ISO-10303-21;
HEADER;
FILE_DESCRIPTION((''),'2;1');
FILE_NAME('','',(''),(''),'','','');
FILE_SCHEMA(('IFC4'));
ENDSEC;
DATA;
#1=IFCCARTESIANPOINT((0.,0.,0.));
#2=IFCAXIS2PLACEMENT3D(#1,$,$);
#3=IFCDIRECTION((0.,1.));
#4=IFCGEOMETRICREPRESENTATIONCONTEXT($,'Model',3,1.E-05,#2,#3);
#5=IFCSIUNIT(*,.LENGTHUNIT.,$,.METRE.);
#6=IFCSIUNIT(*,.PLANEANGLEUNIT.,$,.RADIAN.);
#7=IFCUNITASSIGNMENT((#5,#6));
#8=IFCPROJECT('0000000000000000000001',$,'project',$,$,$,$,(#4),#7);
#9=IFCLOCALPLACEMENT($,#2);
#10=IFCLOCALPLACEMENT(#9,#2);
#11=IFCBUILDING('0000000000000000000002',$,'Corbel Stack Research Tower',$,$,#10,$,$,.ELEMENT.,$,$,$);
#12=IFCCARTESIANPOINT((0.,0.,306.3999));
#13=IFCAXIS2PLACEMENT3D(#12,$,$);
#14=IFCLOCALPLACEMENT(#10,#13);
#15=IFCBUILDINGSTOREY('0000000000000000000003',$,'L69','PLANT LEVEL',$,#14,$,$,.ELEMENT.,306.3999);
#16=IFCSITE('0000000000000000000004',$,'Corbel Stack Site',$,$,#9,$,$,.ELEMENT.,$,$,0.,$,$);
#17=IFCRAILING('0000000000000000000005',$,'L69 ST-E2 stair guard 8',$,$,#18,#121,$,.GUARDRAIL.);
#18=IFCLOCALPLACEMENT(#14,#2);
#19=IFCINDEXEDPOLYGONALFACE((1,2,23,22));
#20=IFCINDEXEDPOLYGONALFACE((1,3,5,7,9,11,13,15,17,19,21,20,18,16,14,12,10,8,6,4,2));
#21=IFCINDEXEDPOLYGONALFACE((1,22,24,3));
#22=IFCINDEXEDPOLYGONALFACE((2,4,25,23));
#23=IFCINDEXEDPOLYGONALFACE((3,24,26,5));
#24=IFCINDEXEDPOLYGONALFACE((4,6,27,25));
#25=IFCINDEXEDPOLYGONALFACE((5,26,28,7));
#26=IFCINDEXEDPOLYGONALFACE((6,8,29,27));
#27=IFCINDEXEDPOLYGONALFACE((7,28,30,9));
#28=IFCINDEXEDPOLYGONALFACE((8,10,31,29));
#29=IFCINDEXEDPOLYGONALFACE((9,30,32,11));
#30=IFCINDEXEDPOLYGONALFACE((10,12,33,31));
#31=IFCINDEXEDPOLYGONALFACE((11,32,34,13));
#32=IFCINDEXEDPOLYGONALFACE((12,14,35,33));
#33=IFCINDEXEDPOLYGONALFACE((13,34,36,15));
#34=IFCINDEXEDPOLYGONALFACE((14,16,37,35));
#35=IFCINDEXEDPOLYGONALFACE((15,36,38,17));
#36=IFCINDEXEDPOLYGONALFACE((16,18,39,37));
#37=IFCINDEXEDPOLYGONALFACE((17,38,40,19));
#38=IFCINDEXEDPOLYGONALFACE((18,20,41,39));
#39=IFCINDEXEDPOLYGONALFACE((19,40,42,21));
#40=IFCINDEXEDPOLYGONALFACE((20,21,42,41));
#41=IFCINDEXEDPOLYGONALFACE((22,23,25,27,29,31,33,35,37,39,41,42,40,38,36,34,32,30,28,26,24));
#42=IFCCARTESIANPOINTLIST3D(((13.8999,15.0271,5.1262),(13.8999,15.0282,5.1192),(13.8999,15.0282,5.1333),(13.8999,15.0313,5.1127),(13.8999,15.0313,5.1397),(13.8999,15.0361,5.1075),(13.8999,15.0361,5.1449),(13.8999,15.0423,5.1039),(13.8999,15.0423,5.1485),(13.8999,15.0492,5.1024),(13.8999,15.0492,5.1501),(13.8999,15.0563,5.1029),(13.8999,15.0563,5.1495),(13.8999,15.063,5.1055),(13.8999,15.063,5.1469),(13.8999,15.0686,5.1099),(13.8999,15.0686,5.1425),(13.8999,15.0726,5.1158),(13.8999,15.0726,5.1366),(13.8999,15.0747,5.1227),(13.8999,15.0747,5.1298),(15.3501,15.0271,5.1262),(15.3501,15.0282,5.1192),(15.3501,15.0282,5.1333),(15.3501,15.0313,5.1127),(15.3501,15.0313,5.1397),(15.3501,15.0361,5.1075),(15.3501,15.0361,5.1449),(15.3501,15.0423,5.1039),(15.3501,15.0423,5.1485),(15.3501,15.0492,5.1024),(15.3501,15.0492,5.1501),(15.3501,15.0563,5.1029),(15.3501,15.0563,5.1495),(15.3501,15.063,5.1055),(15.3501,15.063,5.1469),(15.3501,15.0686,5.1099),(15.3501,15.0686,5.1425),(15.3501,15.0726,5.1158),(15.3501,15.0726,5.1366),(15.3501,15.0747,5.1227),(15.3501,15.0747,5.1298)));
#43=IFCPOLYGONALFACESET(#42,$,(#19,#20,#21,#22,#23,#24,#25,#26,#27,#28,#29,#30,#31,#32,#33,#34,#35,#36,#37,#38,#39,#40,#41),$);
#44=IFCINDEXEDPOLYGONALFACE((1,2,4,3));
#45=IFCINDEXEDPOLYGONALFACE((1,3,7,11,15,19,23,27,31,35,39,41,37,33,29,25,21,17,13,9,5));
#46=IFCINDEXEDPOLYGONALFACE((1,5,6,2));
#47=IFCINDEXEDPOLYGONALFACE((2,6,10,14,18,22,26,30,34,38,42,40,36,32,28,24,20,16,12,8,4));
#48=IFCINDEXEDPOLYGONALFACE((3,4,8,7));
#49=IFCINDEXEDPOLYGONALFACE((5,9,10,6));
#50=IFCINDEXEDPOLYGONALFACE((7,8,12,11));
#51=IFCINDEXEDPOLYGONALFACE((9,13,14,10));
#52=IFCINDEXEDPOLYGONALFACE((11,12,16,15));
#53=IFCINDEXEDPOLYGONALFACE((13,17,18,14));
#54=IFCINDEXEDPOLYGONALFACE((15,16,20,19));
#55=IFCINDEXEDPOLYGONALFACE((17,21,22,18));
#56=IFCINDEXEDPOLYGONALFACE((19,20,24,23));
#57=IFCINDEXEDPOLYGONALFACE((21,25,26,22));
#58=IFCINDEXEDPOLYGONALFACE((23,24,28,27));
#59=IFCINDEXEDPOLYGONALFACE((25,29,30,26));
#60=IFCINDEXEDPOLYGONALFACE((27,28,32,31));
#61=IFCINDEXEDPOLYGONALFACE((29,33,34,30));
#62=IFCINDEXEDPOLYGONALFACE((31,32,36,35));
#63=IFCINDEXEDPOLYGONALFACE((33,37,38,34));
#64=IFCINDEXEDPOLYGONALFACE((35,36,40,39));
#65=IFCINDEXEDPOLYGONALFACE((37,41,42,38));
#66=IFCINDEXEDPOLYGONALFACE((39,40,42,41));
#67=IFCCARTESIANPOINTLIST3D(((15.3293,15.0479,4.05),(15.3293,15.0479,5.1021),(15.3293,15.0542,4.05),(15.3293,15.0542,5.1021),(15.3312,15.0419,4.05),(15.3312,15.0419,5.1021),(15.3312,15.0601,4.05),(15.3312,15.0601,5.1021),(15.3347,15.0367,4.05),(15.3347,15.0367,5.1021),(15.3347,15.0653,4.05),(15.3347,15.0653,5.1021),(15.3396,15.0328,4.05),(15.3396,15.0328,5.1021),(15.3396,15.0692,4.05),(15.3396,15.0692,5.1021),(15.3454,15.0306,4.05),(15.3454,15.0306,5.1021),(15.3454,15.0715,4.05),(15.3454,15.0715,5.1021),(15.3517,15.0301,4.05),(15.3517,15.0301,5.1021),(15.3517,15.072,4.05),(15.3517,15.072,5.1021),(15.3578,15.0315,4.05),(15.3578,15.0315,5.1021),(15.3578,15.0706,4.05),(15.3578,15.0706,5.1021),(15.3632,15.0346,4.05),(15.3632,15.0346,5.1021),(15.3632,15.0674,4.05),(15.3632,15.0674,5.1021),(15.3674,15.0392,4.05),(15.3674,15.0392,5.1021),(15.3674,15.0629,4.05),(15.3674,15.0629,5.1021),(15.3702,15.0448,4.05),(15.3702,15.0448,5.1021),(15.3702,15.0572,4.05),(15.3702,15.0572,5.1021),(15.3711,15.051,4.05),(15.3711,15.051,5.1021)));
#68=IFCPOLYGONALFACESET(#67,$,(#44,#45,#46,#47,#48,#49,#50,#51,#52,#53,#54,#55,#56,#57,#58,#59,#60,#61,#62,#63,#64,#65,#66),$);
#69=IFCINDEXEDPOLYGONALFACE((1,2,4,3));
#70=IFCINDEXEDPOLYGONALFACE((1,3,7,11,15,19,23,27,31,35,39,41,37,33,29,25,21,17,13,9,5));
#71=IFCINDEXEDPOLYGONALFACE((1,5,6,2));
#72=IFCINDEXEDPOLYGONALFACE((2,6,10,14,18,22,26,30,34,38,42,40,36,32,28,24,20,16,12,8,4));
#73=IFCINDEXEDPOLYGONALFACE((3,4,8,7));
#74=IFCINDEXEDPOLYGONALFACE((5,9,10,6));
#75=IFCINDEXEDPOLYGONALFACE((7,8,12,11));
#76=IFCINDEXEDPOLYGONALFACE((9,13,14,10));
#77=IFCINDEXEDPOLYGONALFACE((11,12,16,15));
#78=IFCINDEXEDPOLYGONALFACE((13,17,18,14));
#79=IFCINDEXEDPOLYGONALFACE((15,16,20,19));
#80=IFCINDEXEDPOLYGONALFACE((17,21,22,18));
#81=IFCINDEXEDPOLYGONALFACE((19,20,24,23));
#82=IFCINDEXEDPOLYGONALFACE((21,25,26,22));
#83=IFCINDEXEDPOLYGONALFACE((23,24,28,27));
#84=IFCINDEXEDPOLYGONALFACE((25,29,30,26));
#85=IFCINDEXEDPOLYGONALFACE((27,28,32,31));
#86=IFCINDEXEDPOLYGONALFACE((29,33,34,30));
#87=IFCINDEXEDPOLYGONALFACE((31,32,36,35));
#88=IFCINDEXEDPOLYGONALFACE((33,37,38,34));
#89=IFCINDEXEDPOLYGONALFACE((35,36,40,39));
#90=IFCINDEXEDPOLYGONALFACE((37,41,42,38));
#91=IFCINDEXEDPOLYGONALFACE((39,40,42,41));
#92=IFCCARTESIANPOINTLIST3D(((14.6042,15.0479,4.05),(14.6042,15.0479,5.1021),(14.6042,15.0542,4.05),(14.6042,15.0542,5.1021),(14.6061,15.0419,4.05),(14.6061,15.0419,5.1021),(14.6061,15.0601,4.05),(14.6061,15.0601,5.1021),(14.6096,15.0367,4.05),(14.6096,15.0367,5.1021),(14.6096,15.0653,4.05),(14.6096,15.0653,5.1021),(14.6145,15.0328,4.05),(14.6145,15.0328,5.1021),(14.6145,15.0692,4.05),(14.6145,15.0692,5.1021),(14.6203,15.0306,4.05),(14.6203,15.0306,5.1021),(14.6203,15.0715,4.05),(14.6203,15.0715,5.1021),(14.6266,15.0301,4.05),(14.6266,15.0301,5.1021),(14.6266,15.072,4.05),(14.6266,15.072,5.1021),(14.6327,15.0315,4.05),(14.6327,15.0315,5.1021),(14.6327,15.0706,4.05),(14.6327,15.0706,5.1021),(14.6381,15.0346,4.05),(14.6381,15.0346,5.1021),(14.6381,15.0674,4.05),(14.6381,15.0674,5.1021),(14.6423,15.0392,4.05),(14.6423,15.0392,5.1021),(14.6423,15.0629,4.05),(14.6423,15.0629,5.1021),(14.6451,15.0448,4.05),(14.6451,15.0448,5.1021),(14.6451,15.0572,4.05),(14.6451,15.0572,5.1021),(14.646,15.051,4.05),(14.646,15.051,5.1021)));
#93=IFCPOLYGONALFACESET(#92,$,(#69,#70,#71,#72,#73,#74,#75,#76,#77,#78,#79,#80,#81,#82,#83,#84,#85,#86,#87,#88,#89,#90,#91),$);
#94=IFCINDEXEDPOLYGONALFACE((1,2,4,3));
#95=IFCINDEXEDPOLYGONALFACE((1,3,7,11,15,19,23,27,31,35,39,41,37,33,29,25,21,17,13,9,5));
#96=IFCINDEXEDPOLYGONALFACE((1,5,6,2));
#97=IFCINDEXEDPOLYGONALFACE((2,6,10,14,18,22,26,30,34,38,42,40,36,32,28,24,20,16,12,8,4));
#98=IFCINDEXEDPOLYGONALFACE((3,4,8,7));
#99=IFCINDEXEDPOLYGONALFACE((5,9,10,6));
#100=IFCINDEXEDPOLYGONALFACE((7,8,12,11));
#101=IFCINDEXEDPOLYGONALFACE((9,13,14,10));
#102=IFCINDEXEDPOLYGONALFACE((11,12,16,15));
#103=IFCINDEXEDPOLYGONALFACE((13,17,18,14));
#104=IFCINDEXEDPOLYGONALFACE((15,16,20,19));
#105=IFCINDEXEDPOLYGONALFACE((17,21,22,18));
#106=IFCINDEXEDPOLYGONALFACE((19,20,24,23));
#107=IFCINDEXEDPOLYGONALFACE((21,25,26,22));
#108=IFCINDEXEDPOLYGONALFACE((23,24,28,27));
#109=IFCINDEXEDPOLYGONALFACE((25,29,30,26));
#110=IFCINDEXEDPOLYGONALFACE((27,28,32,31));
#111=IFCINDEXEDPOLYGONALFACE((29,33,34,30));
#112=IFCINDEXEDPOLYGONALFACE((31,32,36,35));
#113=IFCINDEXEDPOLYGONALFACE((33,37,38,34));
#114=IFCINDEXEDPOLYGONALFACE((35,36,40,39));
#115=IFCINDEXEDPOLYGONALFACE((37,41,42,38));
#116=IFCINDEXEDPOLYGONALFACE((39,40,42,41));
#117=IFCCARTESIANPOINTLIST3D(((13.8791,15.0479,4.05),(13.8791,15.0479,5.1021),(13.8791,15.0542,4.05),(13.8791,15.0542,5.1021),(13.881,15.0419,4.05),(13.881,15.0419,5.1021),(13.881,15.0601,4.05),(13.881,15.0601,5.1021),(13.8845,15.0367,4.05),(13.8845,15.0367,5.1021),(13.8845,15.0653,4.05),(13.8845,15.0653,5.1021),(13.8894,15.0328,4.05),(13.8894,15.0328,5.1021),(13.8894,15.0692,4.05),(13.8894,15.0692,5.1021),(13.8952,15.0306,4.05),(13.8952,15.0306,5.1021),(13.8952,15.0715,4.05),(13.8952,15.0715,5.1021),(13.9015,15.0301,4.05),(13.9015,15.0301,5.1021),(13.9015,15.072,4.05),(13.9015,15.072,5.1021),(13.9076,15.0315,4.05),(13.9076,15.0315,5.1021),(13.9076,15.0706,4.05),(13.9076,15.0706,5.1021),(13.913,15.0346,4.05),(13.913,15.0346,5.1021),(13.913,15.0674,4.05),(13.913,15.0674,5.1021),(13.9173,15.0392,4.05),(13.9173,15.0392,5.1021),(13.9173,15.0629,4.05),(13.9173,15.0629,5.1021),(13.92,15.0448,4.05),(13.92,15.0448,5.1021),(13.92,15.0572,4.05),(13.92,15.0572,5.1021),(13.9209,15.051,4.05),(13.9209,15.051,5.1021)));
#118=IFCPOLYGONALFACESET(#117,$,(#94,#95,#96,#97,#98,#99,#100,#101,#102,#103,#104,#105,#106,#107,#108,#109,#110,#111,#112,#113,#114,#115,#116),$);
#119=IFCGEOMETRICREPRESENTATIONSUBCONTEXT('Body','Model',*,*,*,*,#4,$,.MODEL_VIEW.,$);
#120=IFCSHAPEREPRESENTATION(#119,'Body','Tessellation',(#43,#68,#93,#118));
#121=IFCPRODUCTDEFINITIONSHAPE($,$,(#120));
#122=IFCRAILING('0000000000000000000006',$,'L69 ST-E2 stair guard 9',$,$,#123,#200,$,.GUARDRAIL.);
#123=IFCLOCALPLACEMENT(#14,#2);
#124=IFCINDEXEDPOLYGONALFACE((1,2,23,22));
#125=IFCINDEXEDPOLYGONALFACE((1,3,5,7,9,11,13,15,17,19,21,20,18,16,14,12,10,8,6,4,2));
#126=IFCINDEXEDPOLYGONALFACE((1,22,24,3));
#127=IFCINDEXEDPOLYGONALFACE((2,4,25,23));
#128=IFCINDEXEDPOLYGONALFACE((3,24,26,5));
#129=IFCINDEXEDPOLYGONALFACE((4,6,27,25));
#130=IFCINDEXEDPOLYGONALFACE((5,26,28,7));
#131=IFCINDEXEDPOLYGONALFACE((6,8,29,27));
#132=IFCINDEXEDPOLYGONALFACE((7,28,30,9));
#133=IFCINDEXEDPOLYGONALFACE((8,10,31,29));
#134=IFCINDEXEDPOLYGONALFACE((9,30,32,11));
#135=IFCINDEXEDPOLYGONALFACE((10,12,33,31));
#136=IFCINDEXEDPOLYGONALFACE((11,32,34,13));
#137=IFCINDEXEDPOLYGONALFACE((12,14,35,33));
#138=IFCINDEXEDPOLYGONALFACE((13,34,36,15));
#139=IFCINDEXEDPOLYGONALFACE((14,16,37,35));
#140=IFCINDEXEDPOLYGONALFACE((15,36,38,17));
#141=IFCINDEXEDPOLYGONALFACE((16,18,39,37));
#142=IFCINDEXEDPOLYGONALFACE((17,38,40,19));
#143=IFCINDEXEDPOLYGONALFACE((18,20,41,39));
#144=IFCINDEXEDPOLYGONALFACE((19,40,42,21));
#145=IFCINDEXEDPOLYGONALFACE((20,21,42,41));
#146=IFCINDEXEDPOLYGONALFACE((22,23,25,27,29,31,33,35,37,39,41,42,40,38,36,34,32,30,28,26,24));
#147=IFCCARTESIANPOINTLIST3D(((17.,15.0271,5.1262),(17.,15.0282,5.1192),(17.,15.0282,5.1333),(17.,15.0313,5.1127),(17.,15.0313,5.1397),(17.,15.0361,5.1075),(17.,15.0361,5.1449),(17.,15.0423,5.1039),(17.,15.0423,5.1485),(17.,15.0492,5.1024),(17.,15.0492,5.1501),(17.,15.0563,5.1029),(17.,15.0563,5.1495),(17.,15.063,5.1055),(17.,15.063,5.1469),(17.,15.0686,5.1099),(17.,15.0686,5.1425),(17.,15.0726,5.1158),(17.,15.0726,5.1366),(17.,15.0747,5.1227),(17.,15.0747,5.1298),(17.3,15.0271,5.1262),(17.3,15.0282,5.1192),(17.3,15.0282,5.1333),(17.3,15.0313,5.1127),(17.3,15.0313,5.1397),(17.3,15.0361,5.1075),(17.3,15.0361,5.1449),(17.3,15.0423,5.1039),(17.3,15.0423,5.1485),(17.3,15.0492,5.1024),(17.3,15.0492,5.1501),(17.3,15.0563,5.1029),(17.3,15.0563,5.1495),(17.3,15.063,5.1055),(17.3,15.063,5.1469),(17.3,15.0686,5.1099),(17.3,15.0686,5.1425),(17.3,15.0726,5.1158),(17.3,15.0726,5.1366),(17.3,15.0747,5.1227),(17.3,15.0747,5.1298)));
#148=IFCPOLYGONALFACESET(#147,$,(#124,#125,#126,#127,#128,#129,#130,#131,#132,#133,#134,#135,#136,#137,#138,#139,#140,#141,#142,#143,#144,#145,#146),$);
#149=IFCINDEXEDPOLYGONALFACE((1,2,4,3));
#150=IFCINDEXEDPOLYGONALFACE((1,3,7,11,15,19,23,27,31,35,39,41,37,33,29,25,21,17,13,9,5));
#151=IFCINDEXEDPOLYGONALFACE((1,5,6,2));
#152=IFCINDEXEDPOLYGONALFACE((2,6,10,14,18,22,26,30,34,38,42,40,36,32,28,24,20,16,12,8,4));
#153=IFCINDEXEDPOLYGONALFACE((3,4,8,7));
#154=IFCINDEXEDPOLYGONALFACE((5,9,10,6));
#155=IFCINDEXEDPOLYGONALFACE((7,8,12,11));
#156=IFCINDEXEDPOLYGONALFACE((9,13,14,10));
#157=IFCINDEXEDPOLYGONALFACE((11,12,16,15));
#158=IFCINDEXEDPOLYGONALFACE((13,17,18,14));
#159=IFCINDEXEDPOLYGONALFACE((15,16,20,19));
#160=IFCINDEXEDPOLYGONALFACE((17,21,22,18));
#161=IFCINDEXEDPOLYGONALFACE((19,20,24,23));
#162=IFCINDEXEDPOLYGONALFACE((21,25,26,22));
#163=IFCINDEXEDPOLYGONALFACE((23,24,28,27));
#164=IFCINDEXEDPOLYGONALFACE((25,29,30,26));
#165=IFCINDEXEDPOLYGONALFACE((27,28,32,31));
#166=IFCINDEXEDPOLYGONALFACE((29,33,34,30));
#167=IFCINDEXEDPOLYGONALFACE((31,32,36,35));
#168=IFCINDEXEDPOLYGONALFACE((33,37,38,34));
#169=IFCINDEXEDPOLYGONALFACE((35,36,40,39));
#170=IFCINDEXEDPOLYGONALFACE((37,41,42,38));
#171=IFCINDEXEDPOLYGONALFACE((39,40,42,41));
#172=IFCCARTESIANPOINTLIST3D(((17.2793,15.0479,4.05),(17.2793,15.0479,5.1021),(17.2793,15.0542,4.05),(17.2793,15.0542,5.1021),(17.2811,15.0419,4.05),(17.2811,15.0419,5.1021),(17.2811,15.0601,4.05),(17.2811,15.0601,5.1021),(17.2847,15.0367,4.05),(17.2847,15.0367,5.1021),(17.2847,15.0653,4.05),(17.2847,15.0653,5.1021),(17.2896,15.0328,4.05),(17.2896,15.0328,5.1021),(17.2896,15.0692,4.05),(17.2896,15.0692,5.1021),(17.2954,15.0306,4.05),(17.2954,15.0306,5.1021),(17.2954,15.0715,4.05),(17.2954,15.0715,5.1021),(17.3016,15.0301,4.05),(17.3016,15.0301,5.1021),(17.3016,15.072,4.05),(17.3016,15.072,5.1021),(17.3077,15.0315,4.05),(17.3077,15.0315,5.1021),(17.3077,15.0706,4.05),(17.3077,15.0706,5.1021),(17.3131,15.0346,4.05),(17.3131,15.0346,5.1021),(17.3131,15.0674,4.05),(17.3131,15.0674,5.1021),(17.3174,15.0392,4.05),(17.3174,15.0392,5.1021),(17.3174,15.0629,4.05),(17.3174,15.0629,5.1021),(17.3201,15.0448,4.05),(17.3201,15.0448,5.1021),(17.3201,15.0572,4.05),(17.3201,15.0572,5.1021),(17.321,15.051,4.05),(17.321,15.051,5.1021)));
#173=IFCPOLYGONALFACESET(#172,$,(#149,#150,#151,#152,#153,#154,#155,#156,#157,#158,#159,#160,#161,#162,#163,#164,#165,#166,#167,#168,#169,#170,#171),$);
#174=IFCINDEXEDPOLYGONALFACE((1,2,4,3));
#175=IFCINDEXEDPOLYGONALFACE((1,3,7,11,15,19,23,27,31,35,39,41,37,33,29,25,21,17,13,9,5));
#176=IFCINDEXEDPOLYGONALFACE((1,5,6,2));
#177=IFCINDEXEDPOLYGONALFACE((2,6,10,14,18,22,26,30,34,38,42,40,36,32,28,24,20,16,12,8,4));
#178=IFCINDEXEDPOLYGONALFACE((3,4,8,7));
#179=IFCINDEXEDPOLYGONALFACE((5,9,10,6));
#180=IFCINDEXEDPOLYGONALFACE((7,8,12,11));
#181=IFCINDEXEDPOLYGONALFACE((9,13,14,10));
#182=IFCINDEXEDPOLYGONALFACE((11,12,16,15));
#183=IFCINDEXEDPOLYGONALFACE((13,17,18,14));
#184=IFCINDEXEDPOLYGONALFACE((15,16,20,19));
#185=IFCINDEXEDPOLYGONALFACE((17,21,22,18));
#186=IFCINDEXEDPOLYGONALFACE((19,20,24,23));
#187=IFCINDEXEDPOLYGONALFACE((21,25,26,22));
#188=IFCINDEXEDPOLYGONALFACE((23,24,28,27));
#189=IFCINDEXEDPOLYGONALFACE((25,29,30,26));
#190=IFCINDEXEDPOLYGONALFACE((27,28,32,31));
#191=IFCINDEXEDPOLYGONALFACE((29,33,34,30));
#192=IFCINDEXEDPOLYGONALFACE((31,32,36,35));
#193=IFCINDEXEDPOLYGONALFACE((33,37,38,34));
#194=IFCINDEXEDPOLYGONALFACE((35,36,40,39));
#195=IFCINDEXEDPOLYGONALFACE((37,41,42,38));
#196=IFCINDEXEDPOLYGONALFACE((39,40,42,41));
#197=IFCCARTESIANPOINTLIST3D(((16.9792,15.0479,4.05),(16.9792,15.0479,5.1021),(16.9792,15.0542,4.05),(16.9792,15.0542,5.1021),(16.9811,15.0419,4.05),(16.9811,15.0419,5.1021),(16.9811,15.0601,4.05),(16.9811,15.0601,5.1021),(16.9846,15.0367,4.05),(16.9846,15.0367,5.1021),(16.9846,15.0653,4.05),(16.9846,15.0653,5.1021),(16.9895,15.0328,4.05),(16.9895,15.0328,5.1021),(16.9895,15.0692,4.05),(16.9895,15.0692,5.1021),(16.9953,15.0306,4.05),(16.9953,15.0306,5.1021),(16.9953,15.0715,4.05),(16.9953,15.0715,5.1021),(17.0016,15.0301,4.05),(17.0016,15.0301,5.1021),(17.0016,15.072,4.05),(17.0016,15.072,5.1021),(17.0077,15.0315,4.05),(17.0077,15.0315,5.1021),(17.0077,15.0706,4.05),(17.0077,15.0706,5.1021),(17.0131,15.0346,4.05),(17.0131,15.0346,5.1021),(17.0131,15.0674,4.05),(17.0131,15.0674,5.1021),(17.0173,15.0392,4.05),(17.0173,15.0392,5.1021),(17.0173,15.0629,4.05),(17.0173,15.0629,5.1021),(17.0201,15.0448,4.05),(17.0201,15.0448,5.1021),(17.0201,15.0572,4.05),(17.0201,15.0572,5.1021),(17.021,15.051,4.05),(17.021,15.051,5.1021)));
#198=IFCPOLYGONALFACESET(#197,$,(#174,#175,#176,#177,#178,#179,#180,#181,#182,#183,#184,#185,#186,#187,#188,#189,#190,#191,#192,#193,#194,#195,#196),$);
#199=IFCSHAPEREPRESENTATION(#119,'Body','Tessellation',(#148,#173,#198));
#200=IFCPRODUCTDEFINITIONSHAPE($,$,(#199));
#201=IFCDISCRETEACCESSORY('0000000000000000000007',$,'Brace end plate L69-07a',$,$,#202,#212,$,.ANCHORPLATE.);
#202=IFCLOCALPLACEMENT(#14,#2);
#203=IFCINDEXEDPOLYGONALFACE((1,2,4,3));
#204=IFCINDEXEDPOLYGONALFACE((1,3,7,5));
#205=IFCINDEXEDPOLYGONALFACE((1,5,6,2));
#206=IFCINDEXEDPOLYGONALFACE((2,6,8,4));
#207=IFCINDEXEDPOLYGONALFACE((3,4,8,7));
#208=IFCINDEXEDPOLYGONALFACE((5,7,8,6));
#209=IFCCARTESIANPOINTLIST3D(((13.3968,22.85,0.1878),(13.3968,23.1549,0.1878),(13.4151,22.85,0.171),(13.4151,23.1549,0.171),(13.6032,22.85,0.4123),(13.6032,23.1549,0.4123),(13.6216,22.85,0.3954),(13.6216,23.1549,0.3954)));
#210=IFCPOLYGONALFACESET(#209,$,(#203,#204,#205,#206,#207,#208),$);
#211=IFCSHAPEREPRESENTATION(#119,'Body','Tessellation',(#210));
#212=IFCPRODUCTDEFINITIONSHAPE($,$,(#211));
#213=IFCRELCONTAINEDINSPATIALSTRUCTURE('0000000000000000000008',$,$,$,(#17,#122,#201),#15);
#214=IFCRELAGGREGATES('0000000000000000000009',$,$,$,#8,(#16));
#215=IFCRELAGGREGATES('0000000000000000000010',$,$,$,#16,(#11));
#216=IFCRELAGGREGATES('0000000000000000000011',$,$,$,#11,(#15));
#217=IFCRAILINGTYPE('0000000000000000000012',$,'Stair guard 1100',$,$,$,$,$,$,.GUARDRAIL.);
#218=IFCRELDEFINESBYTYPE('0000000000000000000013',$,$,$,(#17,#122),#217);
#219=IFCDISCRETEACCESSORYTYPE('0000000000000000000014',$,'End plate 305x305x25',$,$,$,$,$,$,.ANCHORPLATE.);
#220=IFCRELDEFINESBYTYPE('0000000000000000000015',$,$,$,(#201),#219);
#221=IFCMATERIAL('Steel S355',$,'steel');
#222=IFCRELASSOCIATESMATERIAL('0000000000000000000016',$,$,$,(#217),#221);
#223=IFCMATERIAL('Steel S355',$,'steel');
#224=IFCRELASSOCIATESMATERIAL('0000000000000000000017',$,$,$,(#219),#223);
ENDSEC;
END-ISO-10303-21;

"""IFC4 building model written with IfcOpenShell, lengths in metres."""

from ifc_helpers import new_model, si_unit, direction, frame, origin, origin_2d, place, context, subcontext, project, spatial, rectangle, circle, extrude, material, material_profile, profile_set, type_object, element, save


model = new_model("IFC4")

# Units and contexts
model_context = context("Model", 3, precision=1e-05, world=origin(), true_north=direction((0.0, 1.0)))
body_context = subcontext(model_context, "Body", "Model", "MODEL_VIEW")
ifc_project = project(units=[si_unit("LENGTHUNIT", "METRE"), si_unit("PLANEANGLEUNIT", "RADIAN")], contexts=[model_context])

# Site, building, storey
site_placement = place(None, origin())
site = spatial("IfcSite", under=ifc_project, at=site_placement, Name="Corbel Stack Site", CompositionType="ELEMENT", RefElevation=0.0)
building_placement = place(site_placement, origin())
building = spatial("IfcBuilding", under=site, at=building_placement, Name="Corbel Stack Research Tower", CompositionType="ELEMENT")
storey_placement = place(building_placement, frame((0.0, 0.0, 306.3999)))
storey = spatial("IfcBuildingStorey", under=building, at=storey_placement, Name="L69", Description="PLANT LEVEL", CompositionType="ELEMENT", Elevation=306.3999)

# Railings
ifc_material_1 = material(Name="Steel S355", Category="steel")
railing_type = type_object("IfcRailingType", Name="Stair guard 1100", PredefinedType="GUARDRAIL", material=ifc_material_1)
railing_1_placement = place(storey_placement, frame((15.3501, 15.051, 4.05)))
element("IfcRailing", 1, at=railing_1_placement, inside=storey, type_object=railing_type, Name="L69 ST-E2 stair guard 8", PredefinedType="GUARDRAIL", context=body_context, shape_type="SweptSolid", body=[
    extrude(circle(Radius=0.0239, at=origin_2d()), frame((0.0, 0.0, 1.0762), z_axis=(-1.0, 0.0, 0.0), x_axis=(0.0, -1.0, 0.0)), (0.0, 0.0, 1.0), 1.4502),
    extrude(circle(Radius=0.021, at=origin_2d()), origin(), (0.0, 0.0, 1.0), 1.052),
    extrude(circle(Radius=0.021, at=origin_2d()), frame((-0.7251, 0.0, 0.0)), (0.0, 0.0, 1.0), 1.052),
    extrude(circle(Radius=0.021, at=origin_2d()), frame((-1.4502, 0.0, 0.0)), (0.0, 0.0, 1.0), 1.052),
])
railing_2_placement = place(storey_placement, frame((17.3, 15.051, 4.05)))
element("IfcRailing", 2, at=railing_2_placement, inside=storey, type_object=railing_type, Name="L69 ST-E2 stair guard 9", PredefinedType="GUARDRAIL", context=body_context, shape_type="SweptSolid", body=[
    extrude(circle(Radius=0.0239, at=origin_2d()), frame((0.0, 0.0, 1.0762), z_axis=(-1.0, 0.0, 0.0), x_axis=(0.0, -1.0, 0.0)), (0.0, 0.0, 1.0), 0.3),
    extrude(circle(Radius=0.021, at=origin_2d()), origin(), (0.0, 0.0, 1.0), 1.052),
    extrude(circle(Radius=0.021, at=origin_2d()), frame((-0.3, 0.0, 0.0)), (0.0, 0.0, 1.0), 1.052),
])

# Discrete accessory
ifc_material_2 = material(Name="Steel S355", Category="steel")
ifc_material_profile_1 = material_profile(ifc_material_2, rectangle(XDim=0.3049, YDim=0.3049, at=origin_2d()), Name="End plate 305x305x25")
ifc_profile_set_1 = profile_set([ifc_material_profile_1], Name="Steel S355")
discrete_accessory_type = type_object("IfcDiscreteAccessoryType", Name="End plate 305x305x25", PredefinedType="ANCHORPLATE", material=ifc_profile_set_1)
for number, where, z_axis, x_axis, name in (
    (3, (13.5, 23.0024, 0.3), (0.735931, 0.0, -0.677057), (0.0, 1.0, 0.0), "Brace end plate L69-07a"),
):
    element("IfcDiscreteAccessory", number, at=place(storey_placement, frame(where, z_axis=z_axis, x_axis=x_axis)), inside=storey, type_object=discrete_accessory_type, Name=name, PredefinedType="ANCHORPLATE", context=body_context, shape_type="SweptSolid", body=[
        extrude(rectangle(XDim=0.3049, YDim=0.3049, at=origin_2d()), origin(), (0.0, 0.0, 1.0), 0.0249),
    ])

save(model, "model.ifc")
